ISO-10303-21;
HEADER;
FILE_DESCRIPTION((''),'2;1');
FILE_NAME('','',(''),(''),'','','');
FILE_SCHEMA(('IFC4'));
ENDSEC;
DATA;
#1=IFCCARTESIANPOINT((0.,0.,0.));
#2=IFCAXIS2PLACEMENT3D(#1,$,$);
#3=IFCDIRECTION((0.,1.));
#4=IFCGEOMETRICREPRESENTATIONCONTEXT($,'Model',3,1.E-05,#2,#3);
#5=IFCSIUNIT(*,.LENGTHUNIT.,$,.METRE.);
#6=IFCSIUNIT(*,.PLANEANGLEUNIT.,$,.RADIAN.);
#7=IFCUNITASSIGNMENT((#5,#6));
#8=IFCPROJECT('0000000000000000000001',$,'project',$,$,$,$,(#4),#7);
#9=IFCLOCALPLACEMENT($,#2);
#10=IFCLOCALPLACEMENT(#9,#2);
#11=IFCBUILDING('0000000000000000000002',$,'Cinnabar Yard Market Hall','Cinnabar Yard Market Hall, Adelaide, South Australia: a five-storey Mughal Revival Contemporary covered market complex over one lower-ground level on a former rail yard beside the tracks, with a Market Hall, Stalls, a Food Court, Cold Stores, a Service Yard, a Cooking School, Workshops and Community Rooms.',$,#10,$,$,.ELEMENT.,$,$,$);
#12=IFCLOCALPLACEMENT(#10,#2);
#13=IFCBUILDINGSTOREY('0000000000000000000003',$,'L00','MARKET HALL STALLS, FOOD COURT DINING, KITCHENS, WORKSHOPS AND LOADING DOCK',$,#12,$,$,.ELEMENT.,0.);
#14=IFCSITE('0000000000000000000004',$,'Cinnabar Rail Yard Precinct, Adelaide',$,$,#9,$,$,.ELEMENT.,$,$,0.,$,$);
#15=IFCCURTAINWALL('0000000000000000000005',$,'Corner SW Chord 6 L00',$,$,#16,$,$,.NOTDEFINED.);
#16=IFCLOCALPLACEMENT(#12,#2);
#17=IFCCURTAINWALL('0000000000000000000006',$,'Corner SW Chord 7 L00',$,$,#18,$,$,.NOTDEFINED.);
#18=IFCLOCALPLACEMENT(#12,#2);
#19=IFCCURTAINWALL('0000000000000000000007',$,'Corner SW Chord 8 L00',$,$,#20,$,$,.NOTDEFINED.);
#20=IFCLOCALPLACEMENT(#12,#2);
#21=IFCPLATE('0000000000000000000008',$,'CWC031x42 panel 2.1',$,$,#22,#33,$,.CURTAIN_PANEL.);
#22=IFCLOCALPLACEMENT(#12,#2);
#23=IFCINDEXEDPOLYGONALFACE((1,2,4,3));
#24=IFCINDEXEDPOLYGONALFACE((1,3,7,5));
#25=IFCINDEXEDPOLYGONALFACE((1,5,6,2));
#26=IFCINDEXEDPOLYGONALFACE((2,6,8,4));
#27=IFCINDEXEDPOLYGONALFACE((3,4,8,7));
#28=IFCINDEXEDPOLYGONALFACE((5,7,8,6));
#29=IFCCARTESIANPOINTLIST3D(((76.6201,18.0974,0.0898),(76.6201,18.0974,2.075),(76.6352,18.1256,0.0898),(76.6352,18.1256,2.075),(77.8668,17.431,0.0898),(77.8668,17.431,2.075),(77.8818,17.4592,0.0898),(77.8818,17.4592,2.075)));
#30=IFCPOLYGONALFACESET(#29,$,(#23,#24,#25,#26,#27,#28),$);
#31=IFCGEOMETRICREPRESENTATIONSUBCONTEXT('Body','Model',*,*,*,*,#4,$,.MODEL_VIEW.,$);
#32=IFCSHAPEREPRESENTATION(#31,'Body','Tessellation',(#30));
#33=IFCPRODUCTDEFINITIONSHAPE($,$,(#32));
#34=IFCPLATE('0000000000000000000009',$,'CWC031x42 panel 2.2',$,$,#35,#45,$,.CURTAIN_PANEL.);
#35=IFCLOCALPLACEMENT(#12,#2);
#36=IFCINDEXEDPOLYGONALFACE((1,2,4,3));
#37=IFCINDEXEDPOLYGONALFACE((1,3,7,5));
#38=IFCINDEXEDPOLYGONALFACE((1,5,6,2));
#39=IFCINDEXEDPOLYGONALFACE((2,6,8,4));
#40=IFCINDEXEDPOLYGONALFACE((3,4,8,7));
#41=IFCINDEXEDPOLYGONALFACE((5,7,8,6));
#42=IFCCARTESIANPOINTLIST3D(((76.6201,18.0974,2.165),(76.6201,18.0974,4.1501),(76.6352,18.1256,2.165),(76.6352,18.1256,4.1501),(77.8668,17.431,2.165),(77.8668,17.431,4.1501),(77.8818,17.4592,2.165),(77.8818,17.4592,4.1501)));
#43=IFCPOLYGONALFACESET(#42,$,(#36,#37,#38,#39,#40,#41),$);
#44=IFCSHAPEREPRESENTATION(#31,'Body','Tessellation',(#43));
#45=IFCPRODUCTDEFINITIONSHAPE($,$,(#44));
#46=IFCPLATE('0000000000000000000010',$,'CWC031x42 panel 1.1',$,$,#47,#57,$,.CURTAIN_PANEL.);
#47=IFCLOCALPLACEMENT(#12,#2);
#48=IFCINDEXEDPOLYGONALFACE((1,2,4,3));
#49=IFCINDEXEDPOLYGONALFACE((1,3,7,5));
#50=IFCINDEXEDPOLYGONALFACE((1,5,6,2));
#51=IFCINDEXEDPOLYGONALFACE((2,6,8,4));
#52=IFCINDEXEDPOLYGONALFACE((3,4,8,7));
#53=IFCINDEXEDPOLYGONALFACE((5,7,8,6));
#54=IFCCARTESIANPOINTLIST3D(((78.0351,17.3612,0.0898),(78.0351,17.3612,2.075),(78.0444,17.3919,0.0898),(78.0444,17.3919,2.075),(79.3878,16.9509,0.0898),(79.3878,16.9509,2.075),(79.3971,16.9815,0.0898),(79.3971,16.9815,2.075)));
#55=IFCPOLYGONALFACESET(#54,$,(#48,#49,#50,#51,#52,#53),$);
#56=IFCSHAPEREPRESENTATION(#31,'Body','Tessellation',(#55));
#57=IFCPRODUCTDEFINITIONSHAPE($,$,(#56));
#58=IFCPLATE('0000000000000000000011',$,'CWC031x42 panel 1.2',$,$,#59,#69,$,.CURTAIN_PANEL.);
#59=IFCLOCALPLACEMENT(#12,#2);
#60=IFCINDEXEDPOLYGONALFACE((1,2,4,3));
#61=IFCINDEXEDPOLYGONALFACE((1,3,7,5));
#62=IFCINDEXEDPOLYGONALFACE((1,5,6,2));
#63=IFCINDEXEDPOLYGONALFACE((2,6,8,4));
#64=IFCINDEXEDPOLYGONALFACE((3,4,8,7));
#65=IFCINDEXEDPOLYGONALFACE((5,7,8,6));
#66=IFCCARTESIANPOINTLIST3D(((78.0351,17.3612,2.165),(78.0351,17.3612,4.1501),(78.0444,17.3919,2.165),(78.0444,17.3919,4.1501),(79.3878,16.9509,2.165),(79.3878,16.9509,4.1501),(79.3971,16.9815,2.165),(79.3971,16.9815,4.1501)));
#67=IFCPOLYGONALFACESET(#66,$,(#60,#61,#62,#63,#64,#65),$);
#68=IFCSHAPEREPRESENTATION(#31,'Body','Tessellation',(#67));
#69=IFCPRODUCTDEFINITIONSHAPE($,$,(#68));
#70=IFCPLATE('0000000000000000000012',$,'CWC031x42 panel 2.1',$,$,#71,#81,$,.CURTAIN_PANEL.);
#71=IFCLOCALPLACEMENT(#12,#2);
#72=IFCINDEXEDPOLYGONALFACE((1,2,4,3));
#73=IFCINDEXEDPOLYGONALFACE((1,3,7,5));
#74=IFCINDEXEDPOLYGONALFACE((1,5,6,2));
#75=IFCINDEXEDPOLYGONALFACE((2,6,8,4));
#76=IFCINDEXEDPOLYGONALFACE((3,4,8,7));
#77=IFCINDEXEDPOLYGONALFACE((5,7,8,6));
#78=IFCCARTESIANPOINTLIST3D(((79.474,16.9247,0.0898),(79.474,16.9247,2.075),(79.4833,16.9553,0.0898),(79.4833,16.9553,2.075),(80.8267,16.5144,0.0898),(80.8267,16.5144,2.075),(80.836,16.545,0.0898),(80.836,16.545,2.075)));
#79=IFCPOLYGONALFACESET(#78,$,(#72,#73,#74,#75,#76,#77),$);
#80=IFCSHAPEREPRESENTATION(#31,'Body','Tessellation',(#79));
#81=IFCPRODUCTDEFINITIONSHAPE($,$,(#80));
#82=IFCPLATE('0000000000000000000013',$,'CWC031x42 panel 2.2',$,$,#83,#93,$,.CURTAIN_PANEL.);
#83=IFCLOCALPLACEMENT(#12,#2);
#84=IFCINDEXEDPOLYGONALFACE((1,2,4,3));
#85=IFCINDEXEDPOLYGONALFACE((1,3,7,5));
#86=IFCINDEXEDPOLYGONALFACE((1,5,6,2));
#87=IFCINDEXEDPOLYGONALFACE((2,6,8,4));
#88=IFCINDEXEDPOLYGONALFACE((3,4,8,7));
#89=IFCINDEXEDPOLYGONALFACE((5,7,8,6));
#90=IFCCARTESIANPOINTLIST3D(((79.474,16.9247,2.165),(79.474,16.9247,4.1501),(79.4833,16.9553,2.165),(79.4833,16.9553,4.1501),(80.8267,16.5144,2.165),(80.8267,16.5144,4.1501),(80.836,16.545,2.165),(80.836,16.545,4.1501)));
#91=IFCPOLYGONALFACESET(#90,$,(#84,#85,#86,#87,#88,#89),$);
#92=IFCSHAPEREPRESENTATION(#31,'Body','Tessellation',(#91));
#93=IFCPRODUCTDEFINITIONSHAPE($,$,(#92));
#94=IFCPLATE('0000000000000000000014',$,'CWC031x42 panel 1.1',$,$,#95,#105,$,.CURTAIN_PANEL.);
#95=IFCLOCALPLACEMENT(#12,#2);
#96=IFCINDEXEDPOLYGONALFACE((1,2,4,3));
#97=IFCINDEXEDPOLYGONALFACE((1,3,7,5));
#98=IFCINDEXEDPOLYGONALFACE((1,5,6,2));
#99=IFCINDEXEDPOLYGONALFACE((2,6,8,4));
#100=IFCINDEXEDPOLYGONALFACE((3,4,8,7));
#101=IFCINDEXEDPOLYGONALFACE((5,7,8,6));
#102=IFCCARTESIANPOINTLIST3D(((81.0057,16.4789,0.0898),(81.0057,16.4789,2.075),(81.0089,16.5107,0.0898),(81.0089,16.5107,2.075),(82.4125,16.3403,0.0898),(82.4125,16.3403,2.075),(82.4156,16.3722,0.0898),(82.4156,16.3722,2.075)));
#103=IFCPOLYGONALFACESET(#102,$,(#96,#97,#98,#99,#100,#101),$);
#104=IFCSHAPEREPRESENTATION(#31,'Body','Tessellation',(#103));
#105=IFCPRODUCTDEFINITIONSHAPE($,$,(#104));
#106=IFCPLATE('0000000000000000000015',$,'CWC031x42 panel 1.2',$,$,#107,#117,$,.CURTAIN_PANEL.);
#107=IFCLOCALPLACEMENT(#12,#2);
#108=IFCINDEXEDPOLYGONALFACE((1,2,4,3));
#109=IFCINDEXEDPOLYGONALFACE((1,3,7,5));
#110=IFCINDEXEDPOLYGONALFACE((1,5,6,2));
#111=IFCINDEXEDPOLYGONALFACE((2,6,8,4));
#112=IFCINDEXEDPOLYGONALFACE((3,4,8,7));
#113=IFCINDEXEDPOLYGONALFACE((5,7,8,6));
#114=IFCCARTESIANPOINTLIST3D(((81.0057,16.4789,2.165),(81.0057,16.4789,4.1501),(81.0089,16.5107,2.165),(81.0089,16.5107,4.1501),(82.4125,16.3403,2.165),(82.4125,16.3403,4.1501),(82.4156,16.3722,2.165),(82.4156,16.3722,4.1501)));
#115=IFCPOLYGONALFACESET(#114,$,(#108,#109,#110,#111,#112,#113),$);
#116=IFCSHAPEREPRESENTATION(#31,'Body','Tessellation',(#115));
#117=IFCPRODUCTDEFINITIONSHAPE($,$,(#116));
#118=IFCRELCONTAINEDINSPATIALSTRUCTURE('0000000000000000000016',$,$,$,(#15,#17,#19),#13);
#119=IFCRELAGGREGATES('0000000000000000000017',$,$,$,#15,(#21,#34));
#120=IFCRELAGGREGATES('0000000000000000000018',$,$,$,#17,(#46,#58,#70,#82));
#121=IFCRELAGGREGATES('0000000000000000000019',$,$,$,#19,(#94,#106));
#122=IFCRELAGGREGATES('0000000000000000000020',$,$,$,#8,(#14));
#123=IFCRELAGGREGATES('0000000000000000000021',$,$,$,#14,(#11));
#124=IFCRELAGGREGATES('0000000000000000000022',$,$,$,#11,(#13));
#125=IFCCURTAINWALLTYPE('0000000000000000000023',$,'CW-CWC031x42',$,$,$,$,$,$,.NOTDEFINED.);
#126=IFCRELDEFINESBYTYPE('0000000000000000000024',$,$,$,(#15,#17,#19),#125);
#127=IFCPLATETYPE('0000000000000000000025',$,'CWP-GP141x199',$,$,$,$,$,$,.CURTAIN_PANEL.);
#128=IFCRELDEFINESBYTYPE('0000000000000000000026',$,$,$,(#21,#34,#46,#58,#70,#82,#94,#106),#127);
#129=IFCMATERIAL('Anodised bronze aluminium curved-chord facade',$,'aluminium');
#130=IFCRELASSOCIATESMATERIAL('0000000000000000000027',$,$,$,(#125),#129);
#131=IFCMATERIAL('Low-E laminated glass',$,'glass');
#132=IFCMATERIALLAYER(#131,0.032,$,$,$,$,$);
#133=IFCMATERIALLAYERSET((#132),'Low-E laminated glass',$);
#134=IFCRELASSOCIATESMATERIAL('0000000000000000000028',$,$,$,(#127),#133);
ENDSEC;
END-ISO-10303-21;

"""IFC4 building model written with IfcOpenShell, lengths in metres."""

from ifc_helpers import new_model, si_unit, direction, frame, origin, origin_2d_with_axis, place, context, subcontext, project, spatial, rectangle, extrude, material, layer, layer_set, type_object, element, aggregate, save


model = new_model("IFC4")

# Units and contexts
model_context = context("Model", 3, precision=1e-05, world=origin(), true_north=direction((0.0, 1.0)))
body_context = subcontext(model_context, "Body", "Model", "MODEL_VIEW")
ifc_project = project(units=[si_unit("LENGTHUNIT", "METRE"), si_unit("PLANEANGLEUNIT", "RADIAN")], contexts=[model_context])

# Site, building, storey
site_placement = place(None, origin())
site = spatial("IfcSite", under=ifc_project, at=site_placement, Name="Cinnabar Rail Yard Precinct, Adelaide", CompositionType="ELEMENT", RefElevation=0.0)
building_placement = place(site_placement, origin())
building = spatial("IfcBuilding", under=site, at=building_placement, Name="Cinnabar Yard Market Hall", Description="Cinnabar Yard Market Hall, Adelaide, South Australia: a five-storey Mughal Revival Contemporary covered market complex over one lower-ground level on a former rail yard beside the tracks, with a Market Hall, Stalls, a Food Court, Cold Stores, a Service Yard, a Cooking School, Workshops and Community Rooms.", CompositionType="ELEMENT")
storey_placement = place(building_placement, origin())
storey = spatial("IfcBuildingStorey", under=building, at=storey_placement, Name="L00", Description="MARKET HALL STALLS, FOOD COURT DINING, KITCHENS, WORKSHOPS AND LOADING DOCK", CompositionType="ELEMENT", Elevation=0.0)

# Curtain walls
ifc_material_1 = material(Name="Anodised bronze aluminium curved-chord facade", Category="aluminium")
curtain_wall_type = type_object("IfcCurtainWallType", Name="CW-CWC031x42", PredefinedType="NOTDEFINED", material=ifc_material_1)
curtain_wall_1_placement = place(storey_placement, origin())
curtain_wall_1 = element("IfcCurtainWall", 1, at=curtain_wall_1_placement, inside=storey, type_object=curtain_wall_type, Name="Corner SW Chord 6 L00", PredefinedType="NOTDEFINED")
curtain_wall_2_placement = place(storey_placement, origin())
curtain_wall_2 = element("IfcCurtainWall", 2, at=curtain_wall_2_placement, inside=storey, type_object=curtain_wall_type, Name="Corner SW Chord 7 L00", PredefinedType="NOTDEFINED")

# Curtain wall
curtain_wall_3_placement = place(storey_placement, origin())
curtain_wall_3 = element("IfcCurtainWall", 3, at=curtain_wall_3_placement, inside=storey, type_object=curtain_wall_type, Name="Corner SW Chord 8 L00", PredefinedType="NOTDEFINED")

# Plates
ifc_material_2 = material(Name="Low-E laminated glass", Category="glass")
ifc_layer = layer(ifc_material_2, 0.032)
ifc_layer_set = layer_set([ifc_layer], Name="Low-E laminated glass")
plate_type = type_object("IfcPlateType", Name="CWP-GP141x199", PredefinedType="CURTAIN_PANEL", material=ifc_layer_set)
plate_1_placement = place(storey_placement, frame((77.251, 17.7783, 0.0898), z_axis=(0.0, 0.0, 1.0), x_axis=(0.881917, -0.471404, 0.0)))
plate_1 = element("IfcPlate", 4, at=plate_1_placement, type_object=plate_type, Name="CWC031x42 panel 2.1", PredefinedType="CURTAIN_PANEL", context=body_context, shape_type="SweptSolid", body=[
    extrude(rectangle(XDim=1.4136, YDim=0.032, at=origin_2d_with_axis()), origin(), (0.0, 0.0, 1.0), 1.9851),
])
plate_2_placement = place(storey_placement, frame((77.251, 17.7783, 2.165), z_axis=(0.0, 0.0, 1.0), x_axis=(0.881917, -0.471404, 0.0)))
plate_2 = element("IfcPlate", 5, at=plate_2_placement, type_object=plate_type, Name="CWC031x42 panel 2.2", PredefinedType="CURTAIN_PANEL", context=body_context, shape_type="SweptSolid", body=[
    extrude(rectangle(XDim=1.4136, YDim=0.032, at=origin_2d_with_axis()), origin(), (0.0, 0.0, 1.0), 1.9851),
])
aggregate(curtain_wall_1, [plate_1, plate_2])
plate_3_placement = place(storey_placement, frame((78.7161, 17.1714, 0.0898), z_axis=(0.0, 0.0, 1.0), x_axis=(0.956942, -0.290279, 0.0)))
plate_3 = element("IfcPlate", 6, at=plate_3_placement, type_object=plate_type, Name="CWC031x42 panel 1.1", PredefinedType="CURTAIN_PANEL", context=body_context, shape_type="SweptSolid", body=[
    extrude(rectangle(XDim=1.4136, YDim=0.032, at=origin_2d_with_axis()), origin(), (0.0, 0.0, 1.0), 1.9851),
])
plate_4_placement = place(storey_placement, frame((78.7161, 17.1714, 2.165), z_axis=(0.0, 0.0, 1.0), x_axis=(0.956942, -0.290279, 0.0)))
plate_4 = element("IfcPlate", 7, at=plate_4_placement, type_object=plate_type, Name="CWC031x42 panel 1.2", PredefinedType="CURTAIN_PANEL", context=body_context, shape_type="SweptSolid", body=[
    extrude(rectangle(XDim=1.4136, YDim=0.032, at=origin_2d_with_axis()), origin(), (0.0, 0.0, 1.0), 1.9851),
])
plate_5_placement = place(storey_placement, frame((80.155, 16.7349, 0.0898), z_axis=(0.0, 0.0, 1.0), x_axis=(0.956942, -0.290279, 0.0)))
plate_5 = element("IfcPlate", 8, at=plate_5_placement, type_object=plate_type, Name="CWC031x42 panel 2.1", PredefinedType="CURTAIN_PANEL", context=body_context, shape_type="SweptSolid", body=[
    extrude(rectangle(XDim=1.4136, YDim=0.032, at=origin_2d_with_axis()), origin(), (0.0, 0.0, 1.0), 1.9851),
])
plate_6_placement = place(storey_placement, frame((80.155, 16.7349, 2.165), z_axis=(0.0, 0.0, 1.0), x_axis=(0.956942, -0.290279, 0.0)))
plate_6 = element("IfcPlate", 9, at=plate_6_placement, type_object=plate_type, Name="CWC031x42 panel 2.2", PredefinedType="CURTAIN_PANEL", context=body_context, shape_type="SweptSolid", body=[
    extrude(rectangle(XDim=1.4136, YDim=0.032, at=origin_2d_with_axis()), origin(), (0.0, 0.0, 1.0), 1.9851),
])
aggregate(curtain_wall_2, [plate_3, plate_4, plate_5, plate_6])
plate_7_placement = place(storey_placement, frame((81.7107, 16.4255, 0.0898), z_axis=(0.0, 0.0, 1.0), x_axis=(0.995184, -0.09802, 0.0)))
plate_7 = element("IfcPlate", 10, at=plate_7_placement, type_object=plate_type, Name="CWC031x42 panel 1.1", PredefinedType="CURTAIN_PANEL", context=body_context, shape_type="SweptSolid", body=[
    extrude(rectangle(XDim=1.4136, YDim=0.032, at=origin_2d_with_axis()), origin(), (0.0, 0.0, 1.0), 1.9851),
])
plate_8_placement = place(storey_placement, frame((81.7107, 16.4255, 2.165), z_axis=(0.0, 0.0, 1.0), x_axis=(0.995184, -0.09802, 0.0)))
plate_8 = element("IfcPlate", 11, at=plate_8_placement, type_object=plate_type, Name="CWC031x42 panel 1.2", PredefinedType="CURTAIN_PANEL", context=body_context, shape_type="SweptSolid", body=[
    extrude(rectangle(XDim=1.4136, YDim=0.032, at=origin_2d_with_axis()), origin(), (0.0, 0.0, 1.0), 1.9851),
])
aggregate(curtain_wall_3, [plate_7, plate_8])

save(model, "model.ifc")
